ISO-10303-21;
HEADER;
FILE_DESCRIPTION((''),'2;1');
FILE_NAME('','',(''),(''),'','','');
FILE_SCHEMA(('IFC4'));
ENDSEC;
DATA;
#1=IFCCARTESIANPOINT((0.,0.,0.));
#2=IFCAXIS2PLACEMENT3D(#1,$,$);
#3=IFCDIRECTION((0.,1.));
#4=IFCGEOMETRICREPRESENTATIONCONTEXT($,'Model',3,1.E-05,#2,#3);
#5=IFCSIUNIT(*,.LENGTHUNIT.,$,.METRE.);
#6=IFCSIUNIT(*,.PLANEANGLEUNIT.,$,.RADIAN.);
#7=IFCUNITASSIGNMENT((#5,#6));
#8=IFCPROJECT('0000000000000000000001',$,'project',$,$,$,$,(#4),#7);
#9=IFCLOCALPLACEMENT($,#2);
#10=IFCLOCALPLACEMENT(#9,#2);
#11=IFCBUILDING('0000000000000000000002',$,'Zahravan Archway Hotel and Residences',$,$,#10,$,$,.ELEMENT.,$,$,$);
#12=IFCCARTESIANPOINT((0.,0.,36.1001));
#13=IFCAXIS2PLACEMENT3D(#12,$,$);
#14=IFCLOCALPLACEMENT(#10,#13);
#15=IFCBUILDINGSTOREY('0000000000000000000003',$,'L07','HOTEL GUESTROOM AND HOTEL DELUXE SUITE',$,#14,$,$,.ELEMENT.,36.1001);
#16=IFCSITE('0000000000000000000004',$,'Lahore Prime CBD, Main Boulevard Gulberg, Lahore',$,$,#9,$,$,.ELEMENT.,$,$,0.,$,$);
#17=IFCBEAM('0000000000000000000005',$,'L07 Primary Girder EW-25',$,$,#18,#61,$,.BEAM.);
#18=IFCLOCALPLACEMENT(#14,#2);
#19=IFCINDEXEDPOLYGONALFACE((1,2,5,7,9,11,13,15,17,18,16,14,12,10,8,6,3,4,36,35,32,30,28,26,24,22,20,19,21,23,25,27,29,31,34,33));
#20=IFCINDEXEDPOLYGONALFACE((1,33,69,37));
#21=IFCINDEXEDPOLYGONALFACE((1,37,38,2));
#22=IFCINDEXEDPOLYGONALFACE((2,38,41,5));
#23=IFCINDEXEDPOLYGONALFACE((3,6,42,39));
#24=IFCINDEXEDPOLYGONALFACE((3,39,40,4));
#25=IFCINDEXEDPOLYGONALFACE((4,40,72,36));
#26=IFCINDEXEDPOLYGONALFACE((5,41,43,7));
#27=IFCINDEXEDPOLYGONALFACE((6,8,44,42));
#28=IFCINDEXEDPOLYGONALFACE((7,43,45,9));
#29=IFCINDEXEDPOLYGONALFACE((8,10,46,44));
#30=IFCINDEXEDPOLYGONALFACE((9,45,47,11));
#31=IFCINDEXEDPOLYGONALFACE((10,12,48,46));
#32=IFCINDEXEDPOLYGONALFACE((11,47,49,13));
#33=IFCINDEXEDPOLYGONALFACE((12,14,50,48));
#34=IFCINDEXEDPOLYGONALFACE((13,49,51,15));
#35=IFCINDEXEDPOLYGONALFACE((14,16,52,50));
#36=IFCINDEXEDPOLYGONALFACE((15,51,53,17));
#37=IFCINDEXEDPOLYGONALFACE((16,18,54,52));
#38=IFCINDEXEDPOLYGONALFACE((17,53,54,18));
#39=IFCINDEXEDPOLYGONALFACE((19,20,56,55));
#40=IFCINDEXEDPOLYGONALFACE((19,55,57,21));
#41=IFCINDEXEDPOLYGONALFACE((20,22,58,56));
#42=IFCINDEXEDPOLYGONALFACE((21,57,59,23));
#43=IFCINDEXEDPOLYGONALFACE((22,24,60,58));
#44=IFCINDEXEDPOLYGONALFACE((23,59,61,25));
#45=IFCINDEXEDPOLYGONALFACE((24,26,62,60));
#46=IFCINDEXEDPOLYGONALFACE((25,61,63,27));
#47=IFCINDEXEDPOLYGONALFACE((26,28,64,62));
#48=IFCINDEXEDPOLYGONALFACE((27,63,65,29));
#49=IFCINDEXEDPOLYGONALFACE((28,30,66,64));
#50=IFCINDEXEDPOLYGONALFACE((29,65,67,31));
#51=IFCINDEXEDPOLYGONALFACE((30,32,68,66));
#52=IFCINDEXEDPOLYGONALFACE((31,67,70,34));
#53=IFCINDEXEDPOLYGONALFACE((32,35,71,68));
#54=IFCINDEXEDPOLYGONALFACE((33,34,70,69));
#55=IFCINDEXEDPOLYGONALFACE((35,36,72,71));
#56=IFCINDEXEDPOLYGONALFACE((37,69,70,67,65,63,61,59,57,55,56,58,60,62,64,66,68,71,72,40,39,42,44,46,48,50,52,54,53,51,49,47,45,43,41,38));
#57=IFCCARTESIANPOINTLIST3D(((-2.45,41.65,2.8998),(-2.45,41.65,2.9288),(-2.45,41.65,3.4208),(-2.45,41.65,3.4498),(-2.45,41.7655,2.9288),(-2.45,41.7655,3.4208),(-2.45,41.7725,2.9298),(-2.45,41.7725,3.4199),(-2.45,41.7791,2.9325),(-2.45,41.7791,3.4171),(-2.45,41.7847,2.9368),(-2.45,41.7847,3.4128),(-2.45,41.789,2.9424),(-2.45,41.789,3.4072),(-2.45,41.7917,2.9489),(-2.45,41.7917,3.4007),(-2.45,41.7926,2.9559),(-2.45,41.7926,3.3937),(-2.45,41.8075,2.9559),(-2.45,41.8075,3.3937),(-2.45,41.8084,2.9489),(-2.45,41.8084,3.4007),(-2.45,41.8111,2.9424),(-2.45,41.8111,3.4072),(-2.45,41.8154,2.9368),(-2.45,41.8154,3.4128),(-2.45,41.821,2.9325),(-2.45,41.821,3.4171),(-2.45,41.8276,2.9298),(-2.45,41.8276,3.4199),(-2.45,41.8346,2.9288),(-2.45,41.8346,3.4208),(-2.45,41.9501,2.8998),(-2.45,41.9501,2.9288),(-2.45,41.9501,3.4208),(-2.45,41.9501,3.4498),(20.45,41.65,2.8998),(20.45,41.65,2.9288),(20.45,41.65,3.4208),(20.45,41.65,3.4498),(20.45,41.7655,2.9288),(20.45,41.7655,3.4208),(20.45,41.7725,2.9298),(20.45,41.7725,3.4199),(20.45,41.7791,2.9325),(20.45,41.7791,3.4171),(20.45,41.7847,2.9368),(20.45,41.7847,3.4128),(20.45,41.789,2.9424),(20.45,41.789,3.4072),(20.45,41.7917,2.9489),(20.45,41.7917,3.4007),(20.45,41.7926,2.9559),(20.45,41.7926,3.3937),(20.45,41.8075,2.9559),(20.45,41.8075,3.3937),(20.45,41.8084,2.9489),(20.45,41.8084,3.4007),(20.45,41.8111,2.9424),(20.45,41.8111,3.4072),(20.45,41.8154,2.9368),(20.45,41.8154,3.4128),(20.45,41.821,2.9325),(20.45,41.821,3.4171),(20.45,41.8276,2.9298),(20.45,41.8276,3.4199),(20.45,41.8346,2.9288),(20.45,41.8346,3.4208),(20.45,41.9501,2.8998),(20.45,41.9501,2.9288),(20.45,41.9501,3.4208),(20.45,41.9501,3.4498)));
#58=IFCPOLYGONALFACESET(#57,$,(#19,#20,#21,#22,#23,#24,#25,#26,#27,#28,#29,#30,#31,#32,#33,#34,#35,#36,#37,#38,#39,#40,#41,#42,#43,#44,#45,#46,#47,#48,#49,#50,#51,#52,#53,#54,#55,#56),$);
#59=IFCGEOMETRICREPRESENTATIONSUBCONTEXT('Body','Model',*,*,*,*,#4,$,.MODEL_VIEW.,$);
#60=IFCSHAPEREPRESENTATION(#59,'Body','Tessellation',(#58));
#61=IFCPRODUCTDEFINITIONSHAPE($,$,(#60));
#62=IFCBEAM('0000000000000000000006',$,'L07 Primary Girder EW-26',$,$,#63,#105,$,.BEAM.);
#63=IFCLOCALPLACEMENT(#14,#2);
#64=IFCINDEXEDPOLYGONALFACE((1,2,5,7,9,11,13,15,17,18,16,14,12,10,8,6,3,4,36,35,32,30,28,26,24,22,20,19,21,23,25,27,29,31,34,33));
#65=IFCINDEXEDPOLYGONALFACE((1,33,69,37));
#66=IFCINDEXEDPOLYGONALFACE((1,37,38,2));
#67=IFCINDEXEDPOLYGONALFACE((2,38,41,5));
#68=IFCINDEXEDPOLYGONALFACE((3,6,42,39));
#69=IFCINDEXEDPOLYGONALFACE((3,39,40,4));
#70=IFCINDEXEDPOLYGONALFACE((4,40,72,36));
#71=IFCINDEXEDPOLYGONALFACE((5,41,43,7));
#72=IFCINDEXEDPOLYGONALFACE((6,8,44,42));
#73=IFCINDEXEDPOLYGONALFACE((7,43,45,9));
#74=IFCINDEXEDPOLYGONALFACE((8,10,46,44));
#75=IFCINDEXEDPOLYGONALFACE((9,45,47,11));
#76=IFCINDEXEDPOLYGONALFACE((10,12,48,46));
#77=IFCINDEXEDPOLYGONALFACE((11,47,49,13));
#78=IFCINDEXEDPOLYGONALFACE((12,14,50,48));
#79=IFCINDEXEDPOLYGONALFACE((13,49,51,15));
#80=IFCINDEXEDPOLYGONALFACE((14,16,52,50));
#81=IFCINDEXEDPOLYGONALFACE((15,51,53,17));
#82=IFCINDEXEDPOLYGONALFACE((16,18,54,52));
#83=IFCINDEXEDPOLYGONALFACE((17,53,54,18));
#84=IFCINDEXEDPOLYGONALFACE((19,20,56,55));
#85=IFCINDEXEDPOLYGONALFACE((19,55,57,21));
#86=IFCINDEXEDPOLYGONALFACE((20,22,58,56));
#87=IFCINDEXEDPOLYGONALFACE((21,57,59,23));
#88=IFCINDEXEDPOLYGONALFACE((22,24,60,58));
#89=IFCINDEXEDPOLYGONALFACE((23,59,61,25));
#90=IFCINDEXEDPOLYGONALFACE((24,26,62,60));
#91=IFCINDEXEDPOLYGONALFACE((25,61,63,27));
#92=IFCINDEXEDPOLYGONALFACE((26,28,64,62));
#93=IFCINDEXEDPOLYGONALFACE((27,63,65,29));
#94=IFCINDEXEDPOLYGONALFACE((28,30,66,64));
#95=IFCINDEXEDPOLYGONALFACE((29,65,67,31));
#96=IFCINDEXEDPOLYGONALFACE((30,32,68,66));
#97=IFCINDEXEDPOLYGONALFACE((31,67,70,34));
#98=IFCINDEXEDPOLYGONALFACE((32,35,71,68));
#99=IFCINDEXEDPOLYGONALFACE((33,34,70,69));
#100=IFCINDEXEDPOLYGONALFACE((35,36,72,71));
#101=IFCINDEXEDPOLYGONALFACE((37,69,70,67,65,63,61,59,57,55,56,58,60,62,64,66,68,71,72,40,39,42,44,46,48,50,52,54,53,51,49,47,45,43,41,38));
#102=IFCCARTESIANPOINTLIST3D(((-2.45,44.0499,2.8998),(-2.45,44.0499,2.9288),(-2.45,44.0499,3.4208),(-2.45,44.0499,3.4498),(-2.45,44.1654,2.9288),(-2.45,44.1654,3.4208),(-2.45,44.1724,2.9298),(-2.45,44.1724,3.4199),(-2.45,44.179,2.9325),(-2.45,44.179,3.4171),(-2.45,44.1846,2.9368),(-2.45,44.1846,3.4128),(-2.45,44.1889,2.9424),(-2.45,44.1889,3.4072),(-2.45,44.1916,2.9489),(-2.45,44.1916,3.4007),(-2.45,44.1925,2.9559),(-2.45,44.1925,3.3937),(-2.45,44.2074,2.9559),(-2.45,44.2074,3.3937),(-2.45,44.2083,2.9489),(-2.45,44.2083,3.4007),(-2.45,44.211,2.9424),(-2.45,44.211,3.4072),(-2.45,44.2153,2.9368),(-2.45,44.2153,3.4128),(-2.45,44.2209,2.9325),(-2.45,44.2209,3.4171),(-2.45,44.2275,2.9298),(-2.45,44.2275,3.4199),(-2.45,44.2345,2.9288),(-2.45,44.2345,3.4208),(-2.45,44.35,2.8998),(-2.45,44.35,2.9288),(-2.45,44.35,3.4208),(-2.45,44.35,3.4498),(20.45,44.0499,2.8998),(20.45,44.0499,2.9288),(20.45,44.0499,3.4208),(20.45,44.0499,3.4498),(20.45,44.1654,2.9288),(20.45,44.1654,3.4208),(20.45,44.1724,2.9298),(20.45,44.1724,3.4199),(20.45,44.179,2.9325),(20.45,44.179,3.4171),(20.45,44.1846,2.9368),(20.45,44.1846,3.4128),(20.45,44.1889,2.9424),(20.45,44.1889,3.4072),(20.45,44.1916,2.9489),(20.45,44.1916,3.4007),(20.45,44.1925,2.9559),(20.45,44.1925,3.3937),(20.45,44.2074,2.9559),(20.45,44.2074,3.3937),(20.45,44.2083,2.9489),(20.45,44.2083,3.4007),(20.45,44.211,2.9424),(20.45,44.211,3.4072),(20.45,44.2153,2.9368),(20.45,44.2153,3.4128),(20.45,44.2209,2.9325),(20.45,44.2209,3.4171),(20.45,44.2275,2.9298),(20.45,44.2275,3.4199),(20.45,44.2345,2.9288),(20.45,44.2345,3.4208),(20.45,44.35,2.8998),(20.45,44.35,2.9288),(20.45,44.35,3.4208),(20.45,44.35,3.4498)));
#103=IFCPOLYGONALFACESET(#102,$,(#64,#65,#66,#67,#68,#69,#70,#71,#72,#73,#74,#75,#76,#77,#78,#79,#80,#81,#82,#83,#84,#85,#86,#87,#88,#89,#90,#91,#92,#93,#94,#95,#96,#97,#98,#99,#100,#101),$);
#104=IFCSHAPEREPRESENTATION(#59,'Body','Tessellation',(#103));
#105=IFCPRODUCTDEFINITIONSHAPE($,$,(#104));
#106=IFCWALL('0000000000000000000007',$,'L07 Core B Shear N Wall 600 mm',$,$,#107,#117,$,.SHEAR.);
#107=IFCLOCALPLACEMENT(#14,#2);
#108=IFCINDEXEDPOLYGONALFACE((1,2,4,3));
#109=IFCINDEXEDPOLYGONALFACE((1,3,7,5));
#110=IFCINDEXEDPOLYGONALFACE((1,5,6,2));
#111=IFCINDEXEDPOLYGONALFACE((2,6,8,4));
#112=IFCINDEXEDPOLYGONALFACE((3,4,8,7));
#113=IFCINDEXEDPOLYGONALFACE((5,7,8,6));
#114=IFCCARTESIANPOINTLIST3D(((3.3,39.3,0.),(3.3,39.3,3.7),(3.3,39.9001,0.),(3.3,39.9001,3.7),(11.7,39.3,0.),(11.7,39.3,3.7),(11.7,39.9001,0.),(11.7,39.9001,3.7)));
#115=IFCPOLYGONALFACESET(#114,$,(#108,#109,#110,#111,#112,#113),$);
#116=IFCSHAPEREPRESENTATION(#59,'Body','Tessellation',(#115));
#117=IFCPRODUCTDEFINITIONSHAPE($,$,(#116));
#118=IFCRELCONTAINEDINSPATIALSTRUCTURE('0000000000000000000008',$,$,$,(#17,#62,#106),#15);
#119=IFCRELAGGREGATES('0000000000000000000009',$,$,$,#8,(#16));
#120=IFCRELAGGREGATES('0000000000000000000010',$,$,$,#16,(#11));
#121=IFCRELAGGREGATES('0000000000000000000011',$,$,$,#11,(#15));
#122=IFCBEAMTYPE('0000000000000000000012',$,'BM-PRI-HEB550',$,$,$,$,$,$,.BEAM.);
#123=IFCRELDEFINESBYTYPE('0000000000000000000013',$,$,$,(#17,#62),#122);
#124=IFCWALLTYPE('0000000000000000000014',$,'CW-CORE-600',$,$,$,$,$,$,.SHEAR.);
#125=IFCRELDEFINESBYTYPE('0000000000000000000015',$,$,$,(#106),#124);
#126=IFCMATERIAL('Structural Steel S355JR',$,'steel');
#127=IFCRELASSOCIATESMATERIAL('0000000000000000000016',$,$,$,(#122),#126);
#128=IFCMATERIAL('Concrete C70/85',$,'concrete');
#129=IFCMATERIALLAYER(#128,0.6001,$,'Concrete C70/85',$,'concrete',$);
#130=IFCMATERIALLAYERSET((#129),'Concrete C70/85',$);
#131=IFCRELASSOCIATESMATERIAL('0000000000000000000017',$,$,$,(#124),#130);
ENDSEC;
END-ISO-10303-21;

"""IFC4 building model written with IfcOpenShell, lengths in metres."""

from ifc_helpers import new_model, si_unit, direction, frame, frame_2d, origin, origin_2d, place, context, subcontext, project, spatial, rectangle, i_section, extrude, source, transform, mapped, material, layer, layer_set, material_profile, profile_set, type_object, element, save


model = new_model("IFC4")

# Units and contexts
model_context = context("Model", 3, precision=1e-05, world=origin(), true_north=direction((0.0, 1.0)))
body_context = subcontext(model_context, "Body", "Model", "MODEL_VIEW")
ifc_project = project(units=[si_unit("LENGTHUNIT", "METRE"), si_unit("PLANEANGLEUNIT", "RADIAN")], contexts=[model_context])

# Site, building, storey
site_placement = place(None, origin())
site = spatial("IfcSite", under=ifc_project, at=site_placement, Name="Lahore Prime CBD, Main Boulevard Gulberg, Lahore", CompositionType="ELEMENT", RefElevation=0.0)
building_placement = place(site_placement, origin())
building = spatial("IfcBuilding", under=site, at=building_placement, Name="Zahravan Archway Hotel and Residences", CompositionType="ELEMENT")
storey_placement = place(building_placement, frame((0.0, 0.0, 36.1001)))
storey = spatial("IfcBuildingStorey", under=building, at=storey_placement, Name="L07", Description="HOTEL GUESTROOM AND HOTEL DELUXE SUITE", CompositionType="ELEMENT", Elevation=36.1001)

# Shared definitions
ifc_material_1 = material(Name="Concrete C70/85", Category="concrete")

# Beams
ifc_material_2 = material(Name="Structural Steel S355JR", Category="steel")
ifc_material_profile_1 = material_profile(ifc_material_2, i_section(OverallWidth=0.3, OverallDepth=0.55, WebThickness=0.0149, FlangeThickness=0.0291, FilletRadius=0.0271, at=origin_2d()), Name="HEB 550", Category="steel")
ifc_profile_set_1 = profile_set([ifc_material_profile_1], Name="Structural Steel S355JR")
beam_type_1 = type_object("IfcBeamType", Name="BM-PRI-HEB550", PredefinedType="BEAM", material=ifc_profile_set_1)
shared_shape_1 = source(origin(), body_context, "Body", "SweptSolid", [
    extrude(i_section(OverallWidth=0.3, OverallDepth=0.55, WebThickness=0.0149, FlangeThickness=0.0291, FilletRadius=0.0271, at=origin_2d()), origin(), (0.0, 0.0, 1.0), 22.8999),
])
for number, where, z_axis, x_axis, name in (
    (1, (-2.45, 41.8, 3.1748), (1.0, 0.0, 0.0), (0.0, 1.0, 0.0), "L07 Primary Girder EW-25"),
    (2, (-2.45, 44.2, 3.1748), (1.0, 0.0, 0.0), (0.0, 1.0, 0.0), "L07 Primary Girder EW-26"),
):
    element("IfcBeam", number, at=place(storey_placement, frame(where, z_axis=z_axis, x_axis=x_axis)), inside=storey, type_object=beam_type_1, Name=name, PredefinedType="BEAM", context=body_context, shape_type="MappedRepresentation", body=[
        mapped(shared_shape_1, transform((0.0, 0.0, 0.0), scale=1.0)),
    ])

# Wall
ifc_layer_1 = layer(ifc_material_1, 0.6001, Name="Concrete C70/85", Category="concrete")
ifc_layer_set_1 = layer_set([ifc_layer_1], Name="Concrete C70/85")
wall_type_1 = type_object("IfcWallType", Name="CW-CORE-600", PredefinedType="SHEAR", material=ifc_layer_set_1)
wall_1_placement = place(storey_placement, frame((3.3, 39.6001, 0.0), z_axis=(0.0, 0.0, 1.0), x_axis=(1.0, 0.0, 0.0)))
element("IfcWall", 3, at=wall_1_placement, inside=storey, type_object=wall_type_1, Name="L07 Core B Shear N Wall 600 mm", PredefinedType="SHEAR", context=body_context, shape_type="SweptSolid", body=[
    extrude(rectangle(XDim=8.3999, YDim=0.6001, at=frame_2d((4.2, 0.0))), origin(), (0.0, 0.0, 1.0), 3.7),
])

save(model, "model.ifc")
